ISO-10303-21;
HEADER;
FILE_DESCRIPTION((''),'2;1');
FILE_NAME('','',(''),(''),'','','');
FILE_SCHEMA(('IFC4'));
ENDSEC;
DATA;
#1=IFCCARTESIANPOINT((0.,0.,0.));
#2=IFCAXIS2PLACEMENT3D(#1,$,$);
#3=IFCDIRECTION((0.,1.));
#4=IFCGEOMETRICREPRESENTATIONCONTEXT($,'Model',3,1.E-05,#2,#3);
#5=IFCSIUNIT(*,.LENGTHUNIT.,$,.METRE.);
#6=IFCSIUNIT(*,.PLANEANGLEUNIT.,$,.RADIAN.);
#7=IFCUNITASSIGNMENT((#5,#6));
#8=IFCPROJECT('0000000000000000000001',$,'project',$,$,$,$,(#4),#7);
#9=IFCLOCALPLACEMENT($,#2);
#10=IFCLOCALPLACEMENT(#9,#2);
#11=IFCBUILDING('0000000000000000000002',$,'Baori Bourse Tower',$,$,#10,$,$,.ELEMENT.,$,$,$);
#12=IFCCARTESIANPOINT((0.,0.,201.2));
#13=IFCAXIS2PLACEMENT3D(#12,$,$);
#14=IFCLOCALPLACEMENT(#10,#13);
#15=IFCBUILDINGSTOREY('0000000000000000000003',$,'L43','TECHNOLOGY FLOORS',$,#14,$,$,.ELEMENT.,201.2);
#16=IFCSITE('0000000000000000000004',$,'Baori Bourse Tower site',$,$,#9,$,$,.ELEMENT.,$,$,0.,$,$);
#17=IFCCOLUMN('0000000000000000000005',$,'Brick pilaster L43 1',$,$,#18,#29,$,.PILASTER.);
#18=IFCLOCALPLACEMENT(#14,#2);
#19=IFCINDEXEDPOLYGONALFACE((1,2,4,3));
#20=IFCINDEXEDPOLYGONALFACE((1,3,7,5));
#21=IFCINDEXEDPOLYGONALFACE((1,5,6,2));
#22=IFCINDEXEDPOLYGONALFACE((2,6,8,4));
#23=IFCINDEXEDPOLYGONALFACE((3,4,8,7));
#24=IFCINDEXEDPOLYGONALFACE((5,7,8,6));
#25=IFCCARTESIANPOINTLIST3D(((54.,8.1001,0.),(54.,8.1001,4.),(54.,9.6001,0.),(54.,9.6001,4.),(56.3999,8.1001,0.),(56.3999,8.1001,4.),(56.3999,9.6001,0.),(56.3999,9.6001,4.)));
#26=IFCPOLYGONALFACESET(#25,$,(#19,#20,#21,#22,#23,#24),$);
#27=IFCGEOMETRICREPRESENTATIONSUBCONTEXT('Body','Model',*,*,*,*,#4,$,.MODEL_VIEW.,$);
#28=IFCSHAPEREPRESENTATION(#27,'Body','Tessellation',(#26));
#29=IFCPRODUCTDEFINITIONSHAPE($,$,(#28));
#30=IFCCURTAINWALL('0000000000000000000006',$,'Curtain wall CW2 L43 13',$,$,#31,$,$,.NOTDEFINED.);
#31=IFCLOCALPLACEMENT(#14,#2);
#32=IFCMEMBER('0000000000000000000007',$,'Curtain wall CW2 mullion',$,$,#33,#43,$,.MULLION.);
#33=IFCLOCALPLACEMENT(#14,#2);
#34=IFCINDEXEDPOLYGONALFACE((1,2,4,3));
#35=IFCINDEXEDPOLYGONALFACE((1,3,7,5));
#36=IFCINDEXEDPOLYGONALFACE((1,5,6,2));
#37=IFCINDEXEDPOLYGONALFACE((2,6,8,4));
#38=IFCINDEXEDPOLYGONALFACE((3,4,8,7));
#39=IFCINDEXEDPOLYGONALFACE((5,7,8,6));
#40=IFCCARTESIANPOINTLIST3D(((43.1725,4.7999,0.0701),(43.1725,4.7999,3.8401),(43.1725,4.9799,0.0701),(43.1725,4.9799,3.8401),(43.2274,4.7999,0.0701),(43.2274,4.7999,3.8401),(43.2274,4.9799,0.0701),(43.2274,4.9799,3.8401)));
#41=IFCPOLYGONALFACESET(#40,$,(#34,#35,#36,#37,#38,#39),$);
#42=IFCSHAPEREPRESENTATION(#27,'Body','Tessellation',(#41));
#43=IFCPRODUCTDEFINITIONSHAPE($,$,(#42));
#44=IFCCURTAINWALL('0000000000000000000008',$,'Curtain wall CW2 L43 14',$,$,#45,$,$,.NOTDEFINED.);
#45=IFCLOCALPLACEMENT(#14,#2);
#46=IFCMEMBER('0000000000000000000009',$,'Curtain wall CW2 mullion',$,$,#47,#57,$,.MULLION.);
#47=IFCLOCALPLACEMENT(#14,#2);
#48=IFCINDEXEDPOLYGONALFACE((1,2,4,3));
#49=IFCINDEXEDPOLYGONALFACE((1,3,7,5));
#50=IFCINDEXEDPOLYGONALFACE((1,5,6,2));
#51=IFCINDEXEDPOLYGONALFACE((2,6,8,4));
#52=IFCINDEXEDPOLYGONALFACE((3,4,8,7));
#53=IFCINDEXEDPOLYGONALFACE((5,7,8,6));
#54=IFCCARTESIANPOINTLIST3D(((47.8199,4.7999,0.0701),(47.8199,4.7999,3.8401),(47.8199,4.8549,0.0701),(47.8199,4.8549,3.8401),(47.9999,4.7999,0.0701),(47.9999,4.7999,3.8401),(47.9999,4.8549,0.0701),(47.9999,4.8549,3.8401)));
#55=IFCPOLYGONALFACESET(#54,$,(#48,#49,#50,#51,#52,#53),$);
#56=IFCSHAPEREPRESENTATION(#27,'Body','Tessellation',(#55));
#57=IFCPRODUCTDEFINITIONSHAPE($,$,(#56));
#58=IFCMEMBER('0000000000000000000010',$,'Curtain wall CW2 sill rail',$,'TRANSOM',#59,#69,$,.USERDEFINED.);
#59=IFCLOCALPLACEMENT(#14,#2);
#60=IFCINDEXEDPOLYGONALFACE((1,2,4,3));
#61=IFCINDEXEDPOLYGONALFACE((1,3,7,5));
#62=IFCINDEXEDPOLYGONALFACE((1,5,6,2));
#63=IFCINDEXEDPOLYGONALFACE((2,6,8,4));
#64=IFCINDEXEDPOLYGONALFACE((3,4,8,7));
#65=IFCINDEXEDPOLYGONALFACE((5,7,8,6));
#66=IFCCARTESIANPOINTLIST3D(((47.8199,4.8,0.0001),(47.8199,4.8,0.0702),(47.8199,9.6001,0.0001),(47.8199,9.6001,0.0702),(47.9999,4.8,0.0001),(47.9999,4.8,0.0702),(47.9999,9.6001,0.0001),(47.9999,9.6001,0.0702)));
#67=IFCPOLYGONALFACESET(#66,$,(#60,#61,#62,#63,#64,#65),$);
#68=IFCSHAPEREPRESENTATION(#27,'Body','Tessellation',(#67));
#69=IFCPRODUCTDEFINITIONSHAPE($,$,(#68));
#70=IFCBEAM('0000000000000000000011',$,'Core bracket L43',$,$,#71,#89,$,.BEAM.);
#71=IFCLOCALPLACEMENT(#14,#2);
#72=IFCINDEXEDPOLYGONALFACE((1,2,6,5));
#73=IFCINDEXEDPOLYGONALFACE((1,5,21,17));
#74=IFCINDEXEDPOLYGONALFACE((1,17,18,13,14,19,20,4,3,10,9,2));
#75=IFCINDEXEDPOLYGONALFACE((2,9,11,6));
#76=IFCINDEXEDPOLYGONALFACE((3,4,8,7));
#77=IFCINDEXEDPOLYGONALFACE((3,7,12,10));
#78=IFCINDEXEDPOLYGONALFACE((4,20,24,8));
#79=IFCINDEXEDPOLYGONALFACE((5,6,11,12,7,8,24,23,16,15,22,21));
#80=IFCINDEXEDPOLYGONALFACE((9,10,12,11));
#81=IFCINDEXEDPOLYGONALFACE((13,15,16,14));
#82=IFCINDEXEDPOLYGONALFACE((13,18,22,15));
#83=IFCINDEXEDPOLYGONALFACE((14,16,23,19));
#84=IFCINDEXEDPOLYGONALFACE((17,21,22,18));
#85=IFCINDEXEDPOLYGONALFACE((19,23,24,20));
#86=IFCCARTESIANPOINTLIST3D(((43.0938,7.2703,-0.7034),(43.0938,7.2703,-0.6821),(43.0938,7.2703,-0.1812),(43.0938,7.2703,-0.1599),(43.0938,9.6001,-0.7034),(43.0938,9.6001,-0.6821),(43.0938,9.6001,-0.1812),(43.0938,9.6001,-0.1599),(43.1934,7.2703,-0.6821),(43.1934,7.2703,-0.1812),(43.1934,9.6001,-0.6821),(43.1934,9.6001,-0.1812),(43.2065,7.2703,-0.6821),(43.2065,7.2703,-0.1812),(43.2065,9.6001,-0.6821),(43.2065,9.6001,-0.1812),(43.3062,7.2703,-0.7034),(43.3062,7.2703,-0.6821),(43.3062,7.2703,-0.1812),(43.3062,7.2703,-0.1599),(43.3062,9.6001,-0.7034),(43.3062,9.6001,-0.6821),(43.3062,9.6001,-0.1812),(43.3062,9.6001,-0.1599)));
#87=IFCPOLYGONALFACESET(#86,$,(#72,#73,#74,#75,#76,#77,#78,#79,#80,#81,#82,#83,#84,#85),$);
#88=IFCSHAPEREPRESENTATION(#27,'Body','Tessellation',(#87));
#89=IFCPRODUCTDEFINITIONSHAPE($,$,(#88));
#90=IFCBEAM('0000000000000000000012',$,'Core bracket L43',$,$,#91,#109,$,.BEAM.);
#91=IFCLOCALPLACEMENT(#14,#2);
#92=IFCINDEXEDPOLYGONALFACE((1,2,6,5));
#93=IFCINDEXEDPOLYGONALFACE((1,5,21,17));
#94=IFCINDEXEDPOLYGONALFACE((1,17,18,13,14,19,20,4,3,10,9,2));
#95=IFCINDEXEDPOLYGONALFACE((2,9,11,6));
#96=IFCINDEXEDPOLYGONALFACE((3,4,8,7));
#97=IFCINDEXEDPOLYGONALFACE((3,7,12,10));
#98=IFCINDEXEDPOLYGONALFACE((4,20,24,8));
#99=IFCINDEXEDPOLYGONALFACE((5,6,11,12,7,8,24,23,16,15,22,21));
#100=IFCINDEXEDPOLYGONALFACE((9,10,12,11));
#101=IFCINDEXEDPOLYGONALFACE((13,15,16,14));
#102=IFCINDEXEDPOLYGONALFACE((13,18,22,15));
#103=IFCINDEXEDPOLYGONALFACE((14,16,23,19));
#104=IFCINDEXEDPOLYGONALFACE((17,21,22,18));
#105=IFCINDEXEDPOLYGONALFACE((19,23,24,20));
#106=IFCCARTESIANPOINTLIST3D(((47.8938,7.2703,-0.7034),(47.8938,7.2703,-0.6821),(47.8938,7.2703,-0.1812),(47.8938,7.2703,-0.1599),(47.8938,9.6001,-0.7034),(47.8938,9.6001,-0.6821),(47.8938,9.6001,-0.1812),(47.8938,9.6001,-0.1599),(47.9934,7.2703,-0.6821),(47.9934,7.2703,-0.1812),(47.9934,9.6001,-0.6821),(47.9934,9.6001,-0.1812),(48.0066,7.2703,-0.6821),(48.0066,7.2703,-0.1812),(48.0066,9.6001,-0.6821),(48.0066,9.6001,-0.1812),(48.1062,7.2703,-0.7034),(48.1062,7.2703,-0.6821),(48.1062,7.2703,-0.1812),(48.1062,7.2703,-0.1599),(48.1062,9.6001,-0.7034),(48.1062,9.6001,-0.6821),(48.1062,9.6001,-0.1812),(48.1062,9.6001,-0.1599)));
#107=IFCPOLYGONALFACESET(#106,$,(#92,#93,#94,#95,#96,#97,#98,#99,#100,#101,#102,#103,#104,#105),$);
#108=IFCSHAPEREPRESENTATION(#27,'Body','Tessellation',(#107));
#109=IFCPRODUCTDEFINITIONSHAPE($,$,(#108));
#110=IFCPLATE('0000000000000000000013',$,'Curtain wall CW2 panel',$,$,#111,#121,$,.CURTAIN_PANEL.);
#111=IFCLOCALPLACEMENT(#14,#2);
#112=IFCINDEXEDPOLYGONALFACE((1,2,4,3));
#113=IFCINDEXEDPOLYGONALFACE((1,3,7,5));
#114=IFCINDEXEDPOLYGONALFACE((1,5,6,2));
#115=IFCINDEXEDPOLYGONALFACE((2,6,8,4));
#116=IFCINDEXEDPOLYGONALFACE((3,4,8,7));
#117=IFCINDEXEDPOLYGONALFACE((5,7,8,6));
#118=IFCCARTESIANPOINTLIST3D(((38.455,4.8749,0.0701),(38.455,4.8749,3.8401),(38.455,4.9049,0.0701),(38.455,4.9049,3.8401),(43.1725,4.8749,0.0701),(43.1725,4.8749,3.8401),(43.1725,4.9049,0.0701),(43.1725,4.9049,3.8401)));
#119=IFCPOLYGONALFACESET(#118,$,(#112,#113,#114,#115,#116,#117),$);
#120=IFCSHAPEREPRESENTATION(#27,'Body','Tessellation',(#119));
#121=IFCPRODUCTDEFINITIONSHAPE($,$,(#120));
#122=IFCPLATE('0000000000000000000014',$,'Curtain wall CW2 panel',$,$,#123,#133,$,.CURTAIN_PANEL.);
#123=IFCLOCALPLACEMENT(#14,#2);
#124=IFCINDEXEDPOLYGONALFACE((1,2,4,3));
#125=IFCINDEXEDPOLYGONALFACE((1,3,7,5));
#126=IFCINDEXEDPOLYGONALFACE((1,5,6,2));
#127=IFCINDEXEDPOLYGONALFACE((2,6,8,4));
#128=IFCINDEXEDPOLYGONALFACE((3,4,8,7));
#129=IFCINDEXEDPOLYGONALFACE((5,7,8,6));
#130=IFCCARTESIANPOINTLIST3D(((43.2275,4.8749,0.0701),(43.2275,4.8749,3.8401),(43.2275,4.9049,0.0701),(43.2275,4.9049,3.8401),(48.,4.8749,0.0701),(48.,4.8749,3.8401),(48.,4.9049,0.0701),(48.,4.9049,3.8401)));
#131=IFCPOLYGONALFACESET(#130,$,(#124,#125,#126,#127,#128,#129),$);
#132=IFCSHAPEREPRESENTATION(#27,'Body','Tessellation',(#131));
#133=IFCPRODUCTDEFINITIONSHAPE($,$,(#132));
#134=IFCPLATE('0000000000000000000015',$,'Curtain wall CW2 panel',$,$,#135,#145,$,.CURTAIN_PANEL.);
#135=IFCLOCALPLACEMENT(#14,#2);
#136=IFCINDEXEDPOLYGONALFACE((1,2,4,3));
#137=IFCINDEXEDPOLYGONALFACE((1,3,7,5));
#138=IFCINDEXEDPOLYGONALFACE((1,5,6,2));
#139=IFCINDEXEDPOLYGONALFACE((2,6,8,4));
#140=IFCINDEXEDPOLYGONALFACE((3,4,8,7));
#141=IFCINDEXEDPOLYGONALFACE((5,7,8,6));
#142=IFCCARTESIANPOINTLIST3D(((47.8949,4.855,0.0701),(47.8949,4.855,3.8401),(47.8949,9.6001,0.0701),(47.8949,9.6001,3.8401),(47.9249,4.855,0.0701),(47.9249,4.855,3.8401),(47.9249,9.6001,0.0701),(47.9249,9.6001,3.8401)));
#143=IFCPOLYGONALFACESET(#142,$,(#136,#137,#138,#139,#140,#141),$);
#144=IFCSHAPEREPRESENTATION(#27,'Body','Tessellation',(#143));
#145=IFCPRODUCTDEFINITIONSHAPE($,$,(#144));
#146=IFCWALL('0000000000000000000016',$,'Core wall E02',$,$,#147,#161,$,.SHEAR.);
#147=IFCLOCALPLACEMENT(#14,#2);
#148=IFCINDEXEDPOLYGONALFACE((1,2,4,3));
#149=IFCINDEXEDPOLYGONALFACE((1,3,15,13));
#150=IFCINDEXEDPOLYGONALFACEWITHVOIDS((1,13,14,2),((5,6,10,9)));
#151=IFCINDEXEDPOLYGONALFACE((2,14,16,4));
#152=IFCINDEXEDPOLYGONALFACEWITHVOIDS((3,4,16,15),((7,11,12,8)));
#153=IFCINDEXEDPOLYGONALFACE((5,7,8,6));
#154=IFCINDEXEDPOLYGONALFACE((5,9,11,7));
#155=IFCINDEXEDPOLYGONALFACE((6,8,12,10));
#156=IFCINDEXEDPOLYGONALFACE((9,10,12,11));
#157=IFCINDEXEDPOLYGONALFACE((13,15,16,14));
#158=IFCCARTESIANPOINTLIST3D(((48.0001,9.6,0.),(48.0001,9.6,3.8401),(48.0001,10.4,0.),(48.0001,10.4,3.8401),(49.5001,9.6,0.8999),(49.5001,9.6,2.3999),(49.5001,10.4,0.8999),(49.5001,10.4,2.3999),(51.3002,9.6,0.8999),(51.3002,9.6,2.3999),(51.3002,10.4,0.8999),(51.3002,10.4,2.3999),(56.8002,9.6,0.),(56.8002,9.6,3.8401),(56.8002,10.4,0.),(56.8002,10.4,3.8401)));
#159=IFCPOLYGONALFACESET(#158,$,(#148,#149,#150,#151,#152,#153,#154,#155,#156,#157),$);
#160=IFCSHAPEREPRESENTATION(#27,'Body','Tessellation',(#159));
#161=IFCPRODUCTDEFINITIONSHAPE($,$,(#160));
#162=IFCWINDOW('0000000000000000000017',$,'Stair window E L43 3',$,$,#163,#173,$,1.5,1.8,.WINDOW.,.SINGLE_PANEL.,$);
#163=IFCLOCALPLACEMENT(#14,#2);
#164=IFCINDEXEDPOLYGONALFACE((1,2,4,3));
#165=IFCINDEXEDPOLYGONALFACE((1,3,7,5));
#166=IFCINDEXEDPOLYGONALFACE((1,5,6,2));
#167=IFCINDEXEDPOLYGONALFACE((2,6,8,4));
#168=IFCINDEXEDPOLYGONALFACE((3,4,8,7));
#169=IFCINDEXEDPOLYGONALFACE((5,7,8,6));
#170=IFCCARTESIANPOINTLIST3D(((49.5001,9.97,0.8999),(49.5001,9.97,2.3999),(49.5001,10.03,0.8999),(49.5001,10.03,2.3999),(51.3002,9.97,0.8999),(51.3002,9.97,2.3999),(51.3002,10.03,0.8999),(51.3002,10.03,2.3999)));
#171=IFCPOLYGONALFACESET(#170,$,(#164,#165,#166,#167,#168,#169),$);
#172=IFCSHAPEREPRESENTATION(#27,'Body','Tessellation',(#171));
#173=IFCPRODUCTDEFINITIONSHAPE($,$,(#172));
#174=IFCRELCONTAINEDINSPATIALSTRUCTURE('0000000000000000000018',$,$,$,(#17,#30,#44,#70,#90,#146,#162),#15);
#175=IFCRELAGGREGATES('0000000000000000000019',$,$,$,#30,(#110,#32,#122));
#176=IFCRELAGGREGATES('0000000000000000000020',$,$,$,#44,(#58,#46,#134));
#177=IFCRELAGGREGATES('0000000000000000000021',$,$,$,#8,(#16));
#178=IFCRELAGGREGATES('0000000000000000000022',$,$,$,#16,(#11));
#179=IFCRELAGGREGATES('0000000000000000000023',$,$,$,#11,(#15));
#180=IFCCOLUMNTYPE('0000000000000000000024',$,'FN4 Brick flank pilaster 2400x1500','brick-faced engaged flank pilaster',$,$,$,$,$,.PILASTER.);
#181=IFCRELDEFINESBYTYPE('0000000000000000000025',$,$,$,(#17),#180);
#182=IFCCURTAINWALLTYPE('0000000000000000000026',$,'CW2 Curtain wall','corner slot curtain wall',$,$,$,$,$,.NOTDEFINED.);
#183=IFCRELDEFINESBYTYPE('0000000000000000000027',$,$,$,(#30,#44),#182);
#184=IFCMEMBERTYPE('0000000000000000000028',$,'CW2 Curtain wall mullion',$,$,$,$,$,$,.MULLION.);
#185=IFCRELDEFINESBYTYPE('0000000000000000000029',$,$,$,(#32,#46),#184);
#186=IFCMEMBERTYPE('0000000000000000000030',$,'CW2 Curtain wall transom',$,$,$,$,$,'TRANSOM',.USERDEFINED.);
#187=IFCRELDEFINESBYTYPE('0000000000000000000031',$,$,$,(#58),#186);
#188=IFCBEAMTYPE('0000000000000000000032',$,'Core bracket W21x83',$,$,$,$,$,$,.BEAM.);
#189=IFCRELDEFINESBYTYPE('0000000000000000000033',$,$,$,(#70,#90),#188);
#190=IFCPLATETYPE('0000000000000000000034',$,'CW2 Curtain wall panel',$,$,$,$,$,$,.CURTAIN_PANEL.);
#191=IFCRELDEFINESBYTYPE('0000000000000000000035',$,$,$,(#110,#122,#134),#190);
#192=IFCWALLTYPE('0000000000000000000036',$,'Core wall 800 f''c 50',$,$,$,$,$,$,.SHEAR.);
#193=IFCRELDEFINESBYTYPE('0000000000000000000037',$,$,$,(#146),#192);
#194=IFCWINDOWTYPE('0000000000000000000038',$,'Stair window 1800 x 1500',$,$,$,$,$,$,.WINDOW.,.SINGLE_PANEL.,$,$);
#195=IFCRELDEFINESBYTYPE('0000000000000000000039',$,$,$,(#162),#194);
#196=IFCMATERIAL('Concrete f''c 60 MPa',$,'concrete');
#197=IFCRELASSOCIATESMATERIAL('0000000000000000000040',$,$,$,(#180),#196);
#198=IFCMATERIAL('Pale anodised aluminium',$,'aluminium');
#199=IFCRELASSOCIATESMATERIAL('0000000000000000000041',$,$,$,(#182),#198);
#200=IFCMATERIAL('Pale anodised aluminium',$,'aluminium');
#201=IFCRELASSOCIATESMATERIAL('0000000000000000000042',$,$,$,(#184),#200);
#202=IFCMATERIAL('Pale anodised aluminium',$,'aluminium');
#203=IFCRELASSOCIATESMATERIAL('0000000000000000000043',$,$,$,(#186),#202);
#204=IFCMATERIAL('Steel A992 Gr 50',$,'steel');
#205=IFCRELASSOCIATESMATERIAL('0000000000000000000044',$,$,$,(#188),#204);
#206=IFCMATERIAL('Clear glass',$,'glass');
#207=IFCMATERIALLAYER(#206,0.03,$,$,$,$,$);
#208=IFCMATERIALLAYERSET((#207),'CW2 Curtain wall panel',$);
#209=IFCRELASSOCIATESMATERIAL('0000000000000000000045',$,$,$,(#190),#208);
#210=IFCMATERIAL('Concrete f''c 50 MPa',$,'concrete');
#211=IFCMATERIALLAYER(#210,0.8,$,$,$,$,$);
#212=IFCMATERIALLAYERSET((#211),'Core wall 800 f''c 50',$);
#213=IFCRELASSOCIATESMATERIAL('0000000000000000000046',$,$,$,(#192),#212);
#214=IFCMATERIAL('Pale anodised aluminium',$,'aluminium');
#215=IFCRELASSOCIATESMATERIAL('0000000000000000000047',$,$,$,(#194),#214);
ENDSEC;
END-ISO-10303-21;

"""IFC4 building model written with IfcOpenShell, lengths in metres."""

from ifc_helpers import new_model, si_unit, direction, frame, frame_2d, origin, origin_2d, place, context, subcontext, project, spatial, rectangle, i_section, extrude, material, layer, layer_set, material_profile, profile_set, type_object, element, fill, aggregate, save


model = new_model("IFC4")

# Units and contexts
model_context = context("Model", 3, precision=1e-05, world=origin(), true_north=direction((0.0, 1.0)))
body_context = subcontext(model_context, "Body", "Model", "MODEL_VIEW")
ifc_project = project(units=[si_unit("LENGTHUNIT", "METRE"), si_unit("PLANEANGLEUNIT", "RADIAN")], contexts=[model_context])

# Site, building, storey
site_placement = place(None, origin())
site = spatial("IfcSite", under=ifc_project, at=site_placement, Name="Baori Bourse Tower site", CompositionType="ELEMENT", RefElevation=0.0)
building_placement = place(site_placement, origin())
building = spatial("IfcBuilding", under=site, at=building_placement, Name="Baori Bourse Tower", CompositionType="ELEMENT")
storey_placement = place(building_placement, frame((0.0, 0.0, 201.2)))
storey = spatial("IfcBuildingStorey", under=building, at=storey_placement, Name="L43", Description="TECHNOLOGY FLOORS", CompositionType="ELEMENT", Elevation=201.2)

# Column
ifc_material_1 = material(Name="Concrete f'c 60 MPa", Category="concrete")
ifc_material_profile_1 = material_profile(ifc_material_1, rectangle(XDim=2.3999, YDim=1.5, at=origin_2d()), Name="RC 2400x1500")
ifc_profile_set_1 = profile_set([ifc_material_profile_1], Name="Concrete f'c 60 MPa")
column_type = type_object("IfcColumnType", Name="FN4 Brick flank pilaster 2400x1500", Description="brick-faced engaged flank pilaster", PredefinedType="PILASTER", material=ifc_profile_set_1)
column_placement = place(storey_placement, frame((55.2, 8.8501, 0.0), z_axis=(0.0, 0.0, 1.0), x_axis=(1.0, 0.0, 0.0)))
element("IfcColumn", 1, at=column_placement, inside=storey, type_object=column_type, Name="Brick pilaster L43 1", PredefinedType="PILASTER", context=body_context, shape_type="SweptSolid", body=[
    extrude(rectangle(XDim=2.3999, YDim=1.5, at=origin_2d()), origin(), (0.0, 0.0, 1.0), 4.0),
])

# Curtain wall, member
ifc_material_2 = material(Name="Pale anodised aluminium", Category="aluminium")
curtain_wall_type = type_object("IfcCurtainWallType", Name="CW2 Curtain wall", Description="corner slot curtain wall", PredefinedType="NOTDEFINED", material=ifc_material_2)
curtain_wall_1_placement = place(storey_placement, origin())
curtain_wall_1 = element("IfcCurtainWall", 2, at=curtain_wall_1_placement, inside=storey, type_object=curtain_wall_type, Name="Curtain wall CW2 L43 13", PredefinedType="NOTDEFINED")
ifc_material_3 = material(Name="Pale anodised aluminium", Category="aluminium")
ifc_material_profile_2 = material_profile(ifc_material_3, rectangle(XDim=0.1799, YDim=0.0549, at=origin_2d()), Name="Mullion 55x180")
ifc_profile_set_2 = profile_set([ifc_material_profile_2], Name="Pale anodised aluminium")
member_type_1 = type_object("IfcMemberType", Name="CW2 Curtain wall mullion", PredefinedType="MULLION", material=ifc_profile_set_2)
member_1_placement = place(storey_placement, frame((43.2, 4.8899, 0.0701), z_axis=(0.0, 0.0, 1.0), x_axis=(0.0, 1.0, 0.0)))
member_1 = element("IfcMember", 3, at=member_1_placement, type_object=member_type_1, Name="Curtain wall CW2 mullion", PredefinedType="MULLION", context=body_context, shape_type="SweptSolid", body=[
    extrude(rectangle(XDim=0.1799, YDim=0.0549, at=origin_2d()), origin(), (0.0, 0.0, 1.0), 3.77),
])

# Curtain wall, members
curtain_wall_2_placement = place(storey_placement, origin())
curtain_wall_2 = element("IfcCurtainWall", 4, at=curtain_wall_2_placement, inside=storey, type_object=curtain_wall_type, Name="Curtain wall CW2 L43 14", PredefinedType="NOTDEFINED")
member_2_placement = place(storey_placement, frame((47.9099, 4.8274, 0.0701), z_axis=(0.0, 0.0, 1.0), x_axis=(-1.0, 0.0, 0.0)))
member_2 = element("IfcMember", 5, at=member_2_placement, type_object=member_type_1, Name="Curtain wall CW2 mullion", PredefinedType="MULLION", context=body_context, shape_type="SweptSolid", body=[
    extrude(rectangle(XDim=0.1799, YDim=0.0549, at=origin_2d()), origin(), (0.0, 0.0, 1.0), 3.77),
])
ifc_material_4 = material(Name="Pale anodised aluminium", Category="aluminium")
ifc_material_profile_3 = material_profile(ifc_material_4, rectangle(XDim=0.1799, YDim=0.0701, at=origin_2d()), Name="Transom 70x180")
ifc_profile_set_3 = profile_set([ifc_material_profile_3], Name="Pale anodised aluminium")
member_type_2 = type_object("IfcMemberType", Name="CW2 Curtain wall transom", ElementType="TRANSOM", PredefinedType="USERDEFINED", material=ifc_profile_set_3)
member_3_placement = place(storey_placement, frame((47.9099, 4.8, 0.0352), z_axis=(0.0, 1.0, 0.0), x_axis=(-1.0, 0.0, 0.0)))
member_3 = element("IfcMember", 6, at=member_3_placement, type_object=member_type_2, Name="Curtain wall CW2 sill rail", ObjectType="TRANSOM", PredefinedType="USERDEFINED", context=body_context, shape_type="SweptSolid", body=[
    extrude(rectangle(XDim=0.1799, YDim=0.0701, at=origin_2d()), origin(), (0.0, 0.0, 1.0), 4.8),
])

# Beams
ifc_material_5 = material(Name="Steel A992 Gr 50", Category="steel")
ifc_material_profile_4 = material_profile(ifc_material_5, i_section(OverallWidth=0.2124, OverallDepth=0.5435, WebThickness=0.0132, FlangeThickness=0.0212, at=origin_2d()), Name="W21x83")
ifc_profile_set_4 = profile_set([ifc_material_profile_4], Name="Steel A992 Gr 50")
beam_type = type_object("IfcBeamType", Name="Core bracket W21x83", PredefinedType="BEAM", material=ifc_profile_set_4)
for number, where, z_axis, x_axis, name in (
    (7, (43.2, 7.2703, -0.4316), (0.0, 1.0, 0.0), (-1.0, 0.0, 0.0), "Core bracket L43"),
    (8, (48.0, 7.2703, -0.4316), (0.0, 1.0, 0.0), (-1.0, 0.0, 0.0), "Core bracket L43"),
):
    element("IfcBeam", number, at=place(storey_placement, frame(where, z_axis=z_axis, x_axis=x_axis)), inside=storey, type_object=beam_type, Name=name, PredefinedType="BEAM", context=body_context, shape_type="SweptSolid", body=[
        extrude(i_section(OverallWidth=0.2124, OverallDepth=0.5435, WebThickness=0.0132, FlangeThickness=0.0212, at=origin_2d()), origin(), (0.0, 0.0, 1.0), 2.3298),
    ])

# Plates
ifc_material_6 = material(Name="Clear glass", Category="glass")
ifc_layer_1 = layer(ifc_material_6, 0.03)
ifc_layer_set_1 = layer_set([ifc_layer_1], Name="CW2 Curtain wall panel")
plate_type = type_object("IfcPlateType", Name="CW2 Curtain wall panel", PredefinedType="CURTAIN_PANEL", material=ifc_layer_set_1)
plate_1_placement = place(storey_placement, frame((40.8137, 4.8899, 0.0701), z_axis=(0.0, 0.0, 1.0), x_axis=(1.0, 0.0, 0.0)))
plate_1 = element("IfcPlate", 9, at=plate_1_placement, type_object=plate_type, Name="Curtain wall CW2 panel", PredefinedType="CURTAIN_PANEL", context=body_context, shape_type="SweptSolid", body=[
    extrude(rectangle(XDim=4.7175, YDim=0.03, at=origin_2d()), origin(), (0.0, 0.0, 1.0), 3.77),
])
plate_2_placement = place(storey_placement, frame((45.6138, 4.8899, 0.0701), z_axis=(0.0, 0.0, 1.0), x_axis=(1.0, 0.0, 0.0)))
plate_2 = element("IfcPlate", 10, at=plate_2_placement, type_object=plate_type, Name="Curtain wall CW2 panel", PredefinedType="CURTAIN_PANEL", context=body_context, shape_type="SweptSolid", body=[
    extrude(rectangle(XDim=4.7725, YDim=0.03, at=origin_2d()), origin(), (0.0, 0.0, 1.0), 3.77),
])
aggregate(curtain_wall_1, [plate_1, member_1, plate_2])
plate_3_placement = place(storey_placement, frame((47.9099, 7.2275, 0.0701), z_axis=(0.0, 0.0, 1.0), x_axis=(0.0, 1.0, 0.0)))
plate_3 = element("IfcPlate", 11, at=plate_3_placement, type_object=plate_type, Name="Curtain wall CW2 panel", PredefinedType="CURTAIN_PANEL", context=body_context, shape_type="SweptSolid", body=[
    extrude(rectangle(XDim=4.7451, YDim=0.03, at=origin_2d()), origin(), (0.0, 0.0, 1.0), 3.77),
])
aggregate(curtain_wall_2, [member_3, member_2, plate_3])

# Wall, opening, window
ifc_material_7 = material(Name="Concrete f'c 50 MPa", Category="concrete")
ifc_layer_2 = layer(ifc_material_7, 0.8)
ifc_layer_set_2 = layer_set([ifc_layer_2], Name="Core wall 800 f'c 50")
wall_type_1 = type_object("IfcWallType", Name="Core wall 800 f'c 50", PredefinedType="SHEAR", material=ifc_layer_set_2)
wall_1_placement = place(storey_placement, frame((56.8, 10.0, 0.0), z_axis=(0.0, 0.0, 1.0), x_axis=(-1.0, 0.0, 0.0)))
wall_1 = element("IfcWall", 12, at=wall_1_placement, inside=storey, type_object=wall_type_1, Name="Core wall E02", PredefinedType="SHEAR", context=body_context, shape_type="SweptSolid", body=[
    extrude(rectangle(XDim=8.8, YDim=0.8, at=frame_2d((4.3999, 0.0))), origin(), (0.0, 0.0, 1.0), 3.8401),
])
opening_1_placement = place(wall_1_placement, frame((5.5, 0.0, 0.8999)))
opening_1 = element("IfcOpeningElement", 13, at=opening_1_placement, cuts=wall_1, PredefinedType="OPENING", context=body_context, shape_type="SweptSolid", body=[
    extrude(rectangle(XDim=1.8, YDim=1.5, at=frame_2d((0.8999, 0.75))), frame((0.0, 0.4099, 0.0), z_axis=(0.0, -1.0, 0.0), x_axis=(1.0, 0.0, 0.0)), (0.0, 0.0, 1.0), 0.8201),
])
ifc_material_8 = material(Name="Pale anodised aluminium", Category="aluminium")
window_type = type_object("IfcWindowType", Name="Stair window 1800 x 1500", PartitioningType="SINGLE_PANEL", PredefinedType="WINDOW", material=ifc_material_8)
window_placement = place(opening_1_placement, origin())
window = element("IfcWindow", 14, at=window_placement, inside=storey, type_object=window_type, Name="Stair window E L43 3", OverallHeight=1.5, OverallWidth=1.8, PartitioningType="SINGLE_PANEL", PredefinedType="WINDOW", context=body_context, shape_type="SweptSolid", body=[
    extrude(rectangle(XDim=1.8, YDim=1.5, at=frame_2d((0.8999, 0.75))), frame((0.0, 0.03, 0.0), z_axis=(0.0, -1.0, 0.0), x_axis=(1.0, 0.0, 0.0)), (0.0, 0.0, 1.0), 0.0601),
])
fill(opening_1, window)

save(model, "model.ifc")
